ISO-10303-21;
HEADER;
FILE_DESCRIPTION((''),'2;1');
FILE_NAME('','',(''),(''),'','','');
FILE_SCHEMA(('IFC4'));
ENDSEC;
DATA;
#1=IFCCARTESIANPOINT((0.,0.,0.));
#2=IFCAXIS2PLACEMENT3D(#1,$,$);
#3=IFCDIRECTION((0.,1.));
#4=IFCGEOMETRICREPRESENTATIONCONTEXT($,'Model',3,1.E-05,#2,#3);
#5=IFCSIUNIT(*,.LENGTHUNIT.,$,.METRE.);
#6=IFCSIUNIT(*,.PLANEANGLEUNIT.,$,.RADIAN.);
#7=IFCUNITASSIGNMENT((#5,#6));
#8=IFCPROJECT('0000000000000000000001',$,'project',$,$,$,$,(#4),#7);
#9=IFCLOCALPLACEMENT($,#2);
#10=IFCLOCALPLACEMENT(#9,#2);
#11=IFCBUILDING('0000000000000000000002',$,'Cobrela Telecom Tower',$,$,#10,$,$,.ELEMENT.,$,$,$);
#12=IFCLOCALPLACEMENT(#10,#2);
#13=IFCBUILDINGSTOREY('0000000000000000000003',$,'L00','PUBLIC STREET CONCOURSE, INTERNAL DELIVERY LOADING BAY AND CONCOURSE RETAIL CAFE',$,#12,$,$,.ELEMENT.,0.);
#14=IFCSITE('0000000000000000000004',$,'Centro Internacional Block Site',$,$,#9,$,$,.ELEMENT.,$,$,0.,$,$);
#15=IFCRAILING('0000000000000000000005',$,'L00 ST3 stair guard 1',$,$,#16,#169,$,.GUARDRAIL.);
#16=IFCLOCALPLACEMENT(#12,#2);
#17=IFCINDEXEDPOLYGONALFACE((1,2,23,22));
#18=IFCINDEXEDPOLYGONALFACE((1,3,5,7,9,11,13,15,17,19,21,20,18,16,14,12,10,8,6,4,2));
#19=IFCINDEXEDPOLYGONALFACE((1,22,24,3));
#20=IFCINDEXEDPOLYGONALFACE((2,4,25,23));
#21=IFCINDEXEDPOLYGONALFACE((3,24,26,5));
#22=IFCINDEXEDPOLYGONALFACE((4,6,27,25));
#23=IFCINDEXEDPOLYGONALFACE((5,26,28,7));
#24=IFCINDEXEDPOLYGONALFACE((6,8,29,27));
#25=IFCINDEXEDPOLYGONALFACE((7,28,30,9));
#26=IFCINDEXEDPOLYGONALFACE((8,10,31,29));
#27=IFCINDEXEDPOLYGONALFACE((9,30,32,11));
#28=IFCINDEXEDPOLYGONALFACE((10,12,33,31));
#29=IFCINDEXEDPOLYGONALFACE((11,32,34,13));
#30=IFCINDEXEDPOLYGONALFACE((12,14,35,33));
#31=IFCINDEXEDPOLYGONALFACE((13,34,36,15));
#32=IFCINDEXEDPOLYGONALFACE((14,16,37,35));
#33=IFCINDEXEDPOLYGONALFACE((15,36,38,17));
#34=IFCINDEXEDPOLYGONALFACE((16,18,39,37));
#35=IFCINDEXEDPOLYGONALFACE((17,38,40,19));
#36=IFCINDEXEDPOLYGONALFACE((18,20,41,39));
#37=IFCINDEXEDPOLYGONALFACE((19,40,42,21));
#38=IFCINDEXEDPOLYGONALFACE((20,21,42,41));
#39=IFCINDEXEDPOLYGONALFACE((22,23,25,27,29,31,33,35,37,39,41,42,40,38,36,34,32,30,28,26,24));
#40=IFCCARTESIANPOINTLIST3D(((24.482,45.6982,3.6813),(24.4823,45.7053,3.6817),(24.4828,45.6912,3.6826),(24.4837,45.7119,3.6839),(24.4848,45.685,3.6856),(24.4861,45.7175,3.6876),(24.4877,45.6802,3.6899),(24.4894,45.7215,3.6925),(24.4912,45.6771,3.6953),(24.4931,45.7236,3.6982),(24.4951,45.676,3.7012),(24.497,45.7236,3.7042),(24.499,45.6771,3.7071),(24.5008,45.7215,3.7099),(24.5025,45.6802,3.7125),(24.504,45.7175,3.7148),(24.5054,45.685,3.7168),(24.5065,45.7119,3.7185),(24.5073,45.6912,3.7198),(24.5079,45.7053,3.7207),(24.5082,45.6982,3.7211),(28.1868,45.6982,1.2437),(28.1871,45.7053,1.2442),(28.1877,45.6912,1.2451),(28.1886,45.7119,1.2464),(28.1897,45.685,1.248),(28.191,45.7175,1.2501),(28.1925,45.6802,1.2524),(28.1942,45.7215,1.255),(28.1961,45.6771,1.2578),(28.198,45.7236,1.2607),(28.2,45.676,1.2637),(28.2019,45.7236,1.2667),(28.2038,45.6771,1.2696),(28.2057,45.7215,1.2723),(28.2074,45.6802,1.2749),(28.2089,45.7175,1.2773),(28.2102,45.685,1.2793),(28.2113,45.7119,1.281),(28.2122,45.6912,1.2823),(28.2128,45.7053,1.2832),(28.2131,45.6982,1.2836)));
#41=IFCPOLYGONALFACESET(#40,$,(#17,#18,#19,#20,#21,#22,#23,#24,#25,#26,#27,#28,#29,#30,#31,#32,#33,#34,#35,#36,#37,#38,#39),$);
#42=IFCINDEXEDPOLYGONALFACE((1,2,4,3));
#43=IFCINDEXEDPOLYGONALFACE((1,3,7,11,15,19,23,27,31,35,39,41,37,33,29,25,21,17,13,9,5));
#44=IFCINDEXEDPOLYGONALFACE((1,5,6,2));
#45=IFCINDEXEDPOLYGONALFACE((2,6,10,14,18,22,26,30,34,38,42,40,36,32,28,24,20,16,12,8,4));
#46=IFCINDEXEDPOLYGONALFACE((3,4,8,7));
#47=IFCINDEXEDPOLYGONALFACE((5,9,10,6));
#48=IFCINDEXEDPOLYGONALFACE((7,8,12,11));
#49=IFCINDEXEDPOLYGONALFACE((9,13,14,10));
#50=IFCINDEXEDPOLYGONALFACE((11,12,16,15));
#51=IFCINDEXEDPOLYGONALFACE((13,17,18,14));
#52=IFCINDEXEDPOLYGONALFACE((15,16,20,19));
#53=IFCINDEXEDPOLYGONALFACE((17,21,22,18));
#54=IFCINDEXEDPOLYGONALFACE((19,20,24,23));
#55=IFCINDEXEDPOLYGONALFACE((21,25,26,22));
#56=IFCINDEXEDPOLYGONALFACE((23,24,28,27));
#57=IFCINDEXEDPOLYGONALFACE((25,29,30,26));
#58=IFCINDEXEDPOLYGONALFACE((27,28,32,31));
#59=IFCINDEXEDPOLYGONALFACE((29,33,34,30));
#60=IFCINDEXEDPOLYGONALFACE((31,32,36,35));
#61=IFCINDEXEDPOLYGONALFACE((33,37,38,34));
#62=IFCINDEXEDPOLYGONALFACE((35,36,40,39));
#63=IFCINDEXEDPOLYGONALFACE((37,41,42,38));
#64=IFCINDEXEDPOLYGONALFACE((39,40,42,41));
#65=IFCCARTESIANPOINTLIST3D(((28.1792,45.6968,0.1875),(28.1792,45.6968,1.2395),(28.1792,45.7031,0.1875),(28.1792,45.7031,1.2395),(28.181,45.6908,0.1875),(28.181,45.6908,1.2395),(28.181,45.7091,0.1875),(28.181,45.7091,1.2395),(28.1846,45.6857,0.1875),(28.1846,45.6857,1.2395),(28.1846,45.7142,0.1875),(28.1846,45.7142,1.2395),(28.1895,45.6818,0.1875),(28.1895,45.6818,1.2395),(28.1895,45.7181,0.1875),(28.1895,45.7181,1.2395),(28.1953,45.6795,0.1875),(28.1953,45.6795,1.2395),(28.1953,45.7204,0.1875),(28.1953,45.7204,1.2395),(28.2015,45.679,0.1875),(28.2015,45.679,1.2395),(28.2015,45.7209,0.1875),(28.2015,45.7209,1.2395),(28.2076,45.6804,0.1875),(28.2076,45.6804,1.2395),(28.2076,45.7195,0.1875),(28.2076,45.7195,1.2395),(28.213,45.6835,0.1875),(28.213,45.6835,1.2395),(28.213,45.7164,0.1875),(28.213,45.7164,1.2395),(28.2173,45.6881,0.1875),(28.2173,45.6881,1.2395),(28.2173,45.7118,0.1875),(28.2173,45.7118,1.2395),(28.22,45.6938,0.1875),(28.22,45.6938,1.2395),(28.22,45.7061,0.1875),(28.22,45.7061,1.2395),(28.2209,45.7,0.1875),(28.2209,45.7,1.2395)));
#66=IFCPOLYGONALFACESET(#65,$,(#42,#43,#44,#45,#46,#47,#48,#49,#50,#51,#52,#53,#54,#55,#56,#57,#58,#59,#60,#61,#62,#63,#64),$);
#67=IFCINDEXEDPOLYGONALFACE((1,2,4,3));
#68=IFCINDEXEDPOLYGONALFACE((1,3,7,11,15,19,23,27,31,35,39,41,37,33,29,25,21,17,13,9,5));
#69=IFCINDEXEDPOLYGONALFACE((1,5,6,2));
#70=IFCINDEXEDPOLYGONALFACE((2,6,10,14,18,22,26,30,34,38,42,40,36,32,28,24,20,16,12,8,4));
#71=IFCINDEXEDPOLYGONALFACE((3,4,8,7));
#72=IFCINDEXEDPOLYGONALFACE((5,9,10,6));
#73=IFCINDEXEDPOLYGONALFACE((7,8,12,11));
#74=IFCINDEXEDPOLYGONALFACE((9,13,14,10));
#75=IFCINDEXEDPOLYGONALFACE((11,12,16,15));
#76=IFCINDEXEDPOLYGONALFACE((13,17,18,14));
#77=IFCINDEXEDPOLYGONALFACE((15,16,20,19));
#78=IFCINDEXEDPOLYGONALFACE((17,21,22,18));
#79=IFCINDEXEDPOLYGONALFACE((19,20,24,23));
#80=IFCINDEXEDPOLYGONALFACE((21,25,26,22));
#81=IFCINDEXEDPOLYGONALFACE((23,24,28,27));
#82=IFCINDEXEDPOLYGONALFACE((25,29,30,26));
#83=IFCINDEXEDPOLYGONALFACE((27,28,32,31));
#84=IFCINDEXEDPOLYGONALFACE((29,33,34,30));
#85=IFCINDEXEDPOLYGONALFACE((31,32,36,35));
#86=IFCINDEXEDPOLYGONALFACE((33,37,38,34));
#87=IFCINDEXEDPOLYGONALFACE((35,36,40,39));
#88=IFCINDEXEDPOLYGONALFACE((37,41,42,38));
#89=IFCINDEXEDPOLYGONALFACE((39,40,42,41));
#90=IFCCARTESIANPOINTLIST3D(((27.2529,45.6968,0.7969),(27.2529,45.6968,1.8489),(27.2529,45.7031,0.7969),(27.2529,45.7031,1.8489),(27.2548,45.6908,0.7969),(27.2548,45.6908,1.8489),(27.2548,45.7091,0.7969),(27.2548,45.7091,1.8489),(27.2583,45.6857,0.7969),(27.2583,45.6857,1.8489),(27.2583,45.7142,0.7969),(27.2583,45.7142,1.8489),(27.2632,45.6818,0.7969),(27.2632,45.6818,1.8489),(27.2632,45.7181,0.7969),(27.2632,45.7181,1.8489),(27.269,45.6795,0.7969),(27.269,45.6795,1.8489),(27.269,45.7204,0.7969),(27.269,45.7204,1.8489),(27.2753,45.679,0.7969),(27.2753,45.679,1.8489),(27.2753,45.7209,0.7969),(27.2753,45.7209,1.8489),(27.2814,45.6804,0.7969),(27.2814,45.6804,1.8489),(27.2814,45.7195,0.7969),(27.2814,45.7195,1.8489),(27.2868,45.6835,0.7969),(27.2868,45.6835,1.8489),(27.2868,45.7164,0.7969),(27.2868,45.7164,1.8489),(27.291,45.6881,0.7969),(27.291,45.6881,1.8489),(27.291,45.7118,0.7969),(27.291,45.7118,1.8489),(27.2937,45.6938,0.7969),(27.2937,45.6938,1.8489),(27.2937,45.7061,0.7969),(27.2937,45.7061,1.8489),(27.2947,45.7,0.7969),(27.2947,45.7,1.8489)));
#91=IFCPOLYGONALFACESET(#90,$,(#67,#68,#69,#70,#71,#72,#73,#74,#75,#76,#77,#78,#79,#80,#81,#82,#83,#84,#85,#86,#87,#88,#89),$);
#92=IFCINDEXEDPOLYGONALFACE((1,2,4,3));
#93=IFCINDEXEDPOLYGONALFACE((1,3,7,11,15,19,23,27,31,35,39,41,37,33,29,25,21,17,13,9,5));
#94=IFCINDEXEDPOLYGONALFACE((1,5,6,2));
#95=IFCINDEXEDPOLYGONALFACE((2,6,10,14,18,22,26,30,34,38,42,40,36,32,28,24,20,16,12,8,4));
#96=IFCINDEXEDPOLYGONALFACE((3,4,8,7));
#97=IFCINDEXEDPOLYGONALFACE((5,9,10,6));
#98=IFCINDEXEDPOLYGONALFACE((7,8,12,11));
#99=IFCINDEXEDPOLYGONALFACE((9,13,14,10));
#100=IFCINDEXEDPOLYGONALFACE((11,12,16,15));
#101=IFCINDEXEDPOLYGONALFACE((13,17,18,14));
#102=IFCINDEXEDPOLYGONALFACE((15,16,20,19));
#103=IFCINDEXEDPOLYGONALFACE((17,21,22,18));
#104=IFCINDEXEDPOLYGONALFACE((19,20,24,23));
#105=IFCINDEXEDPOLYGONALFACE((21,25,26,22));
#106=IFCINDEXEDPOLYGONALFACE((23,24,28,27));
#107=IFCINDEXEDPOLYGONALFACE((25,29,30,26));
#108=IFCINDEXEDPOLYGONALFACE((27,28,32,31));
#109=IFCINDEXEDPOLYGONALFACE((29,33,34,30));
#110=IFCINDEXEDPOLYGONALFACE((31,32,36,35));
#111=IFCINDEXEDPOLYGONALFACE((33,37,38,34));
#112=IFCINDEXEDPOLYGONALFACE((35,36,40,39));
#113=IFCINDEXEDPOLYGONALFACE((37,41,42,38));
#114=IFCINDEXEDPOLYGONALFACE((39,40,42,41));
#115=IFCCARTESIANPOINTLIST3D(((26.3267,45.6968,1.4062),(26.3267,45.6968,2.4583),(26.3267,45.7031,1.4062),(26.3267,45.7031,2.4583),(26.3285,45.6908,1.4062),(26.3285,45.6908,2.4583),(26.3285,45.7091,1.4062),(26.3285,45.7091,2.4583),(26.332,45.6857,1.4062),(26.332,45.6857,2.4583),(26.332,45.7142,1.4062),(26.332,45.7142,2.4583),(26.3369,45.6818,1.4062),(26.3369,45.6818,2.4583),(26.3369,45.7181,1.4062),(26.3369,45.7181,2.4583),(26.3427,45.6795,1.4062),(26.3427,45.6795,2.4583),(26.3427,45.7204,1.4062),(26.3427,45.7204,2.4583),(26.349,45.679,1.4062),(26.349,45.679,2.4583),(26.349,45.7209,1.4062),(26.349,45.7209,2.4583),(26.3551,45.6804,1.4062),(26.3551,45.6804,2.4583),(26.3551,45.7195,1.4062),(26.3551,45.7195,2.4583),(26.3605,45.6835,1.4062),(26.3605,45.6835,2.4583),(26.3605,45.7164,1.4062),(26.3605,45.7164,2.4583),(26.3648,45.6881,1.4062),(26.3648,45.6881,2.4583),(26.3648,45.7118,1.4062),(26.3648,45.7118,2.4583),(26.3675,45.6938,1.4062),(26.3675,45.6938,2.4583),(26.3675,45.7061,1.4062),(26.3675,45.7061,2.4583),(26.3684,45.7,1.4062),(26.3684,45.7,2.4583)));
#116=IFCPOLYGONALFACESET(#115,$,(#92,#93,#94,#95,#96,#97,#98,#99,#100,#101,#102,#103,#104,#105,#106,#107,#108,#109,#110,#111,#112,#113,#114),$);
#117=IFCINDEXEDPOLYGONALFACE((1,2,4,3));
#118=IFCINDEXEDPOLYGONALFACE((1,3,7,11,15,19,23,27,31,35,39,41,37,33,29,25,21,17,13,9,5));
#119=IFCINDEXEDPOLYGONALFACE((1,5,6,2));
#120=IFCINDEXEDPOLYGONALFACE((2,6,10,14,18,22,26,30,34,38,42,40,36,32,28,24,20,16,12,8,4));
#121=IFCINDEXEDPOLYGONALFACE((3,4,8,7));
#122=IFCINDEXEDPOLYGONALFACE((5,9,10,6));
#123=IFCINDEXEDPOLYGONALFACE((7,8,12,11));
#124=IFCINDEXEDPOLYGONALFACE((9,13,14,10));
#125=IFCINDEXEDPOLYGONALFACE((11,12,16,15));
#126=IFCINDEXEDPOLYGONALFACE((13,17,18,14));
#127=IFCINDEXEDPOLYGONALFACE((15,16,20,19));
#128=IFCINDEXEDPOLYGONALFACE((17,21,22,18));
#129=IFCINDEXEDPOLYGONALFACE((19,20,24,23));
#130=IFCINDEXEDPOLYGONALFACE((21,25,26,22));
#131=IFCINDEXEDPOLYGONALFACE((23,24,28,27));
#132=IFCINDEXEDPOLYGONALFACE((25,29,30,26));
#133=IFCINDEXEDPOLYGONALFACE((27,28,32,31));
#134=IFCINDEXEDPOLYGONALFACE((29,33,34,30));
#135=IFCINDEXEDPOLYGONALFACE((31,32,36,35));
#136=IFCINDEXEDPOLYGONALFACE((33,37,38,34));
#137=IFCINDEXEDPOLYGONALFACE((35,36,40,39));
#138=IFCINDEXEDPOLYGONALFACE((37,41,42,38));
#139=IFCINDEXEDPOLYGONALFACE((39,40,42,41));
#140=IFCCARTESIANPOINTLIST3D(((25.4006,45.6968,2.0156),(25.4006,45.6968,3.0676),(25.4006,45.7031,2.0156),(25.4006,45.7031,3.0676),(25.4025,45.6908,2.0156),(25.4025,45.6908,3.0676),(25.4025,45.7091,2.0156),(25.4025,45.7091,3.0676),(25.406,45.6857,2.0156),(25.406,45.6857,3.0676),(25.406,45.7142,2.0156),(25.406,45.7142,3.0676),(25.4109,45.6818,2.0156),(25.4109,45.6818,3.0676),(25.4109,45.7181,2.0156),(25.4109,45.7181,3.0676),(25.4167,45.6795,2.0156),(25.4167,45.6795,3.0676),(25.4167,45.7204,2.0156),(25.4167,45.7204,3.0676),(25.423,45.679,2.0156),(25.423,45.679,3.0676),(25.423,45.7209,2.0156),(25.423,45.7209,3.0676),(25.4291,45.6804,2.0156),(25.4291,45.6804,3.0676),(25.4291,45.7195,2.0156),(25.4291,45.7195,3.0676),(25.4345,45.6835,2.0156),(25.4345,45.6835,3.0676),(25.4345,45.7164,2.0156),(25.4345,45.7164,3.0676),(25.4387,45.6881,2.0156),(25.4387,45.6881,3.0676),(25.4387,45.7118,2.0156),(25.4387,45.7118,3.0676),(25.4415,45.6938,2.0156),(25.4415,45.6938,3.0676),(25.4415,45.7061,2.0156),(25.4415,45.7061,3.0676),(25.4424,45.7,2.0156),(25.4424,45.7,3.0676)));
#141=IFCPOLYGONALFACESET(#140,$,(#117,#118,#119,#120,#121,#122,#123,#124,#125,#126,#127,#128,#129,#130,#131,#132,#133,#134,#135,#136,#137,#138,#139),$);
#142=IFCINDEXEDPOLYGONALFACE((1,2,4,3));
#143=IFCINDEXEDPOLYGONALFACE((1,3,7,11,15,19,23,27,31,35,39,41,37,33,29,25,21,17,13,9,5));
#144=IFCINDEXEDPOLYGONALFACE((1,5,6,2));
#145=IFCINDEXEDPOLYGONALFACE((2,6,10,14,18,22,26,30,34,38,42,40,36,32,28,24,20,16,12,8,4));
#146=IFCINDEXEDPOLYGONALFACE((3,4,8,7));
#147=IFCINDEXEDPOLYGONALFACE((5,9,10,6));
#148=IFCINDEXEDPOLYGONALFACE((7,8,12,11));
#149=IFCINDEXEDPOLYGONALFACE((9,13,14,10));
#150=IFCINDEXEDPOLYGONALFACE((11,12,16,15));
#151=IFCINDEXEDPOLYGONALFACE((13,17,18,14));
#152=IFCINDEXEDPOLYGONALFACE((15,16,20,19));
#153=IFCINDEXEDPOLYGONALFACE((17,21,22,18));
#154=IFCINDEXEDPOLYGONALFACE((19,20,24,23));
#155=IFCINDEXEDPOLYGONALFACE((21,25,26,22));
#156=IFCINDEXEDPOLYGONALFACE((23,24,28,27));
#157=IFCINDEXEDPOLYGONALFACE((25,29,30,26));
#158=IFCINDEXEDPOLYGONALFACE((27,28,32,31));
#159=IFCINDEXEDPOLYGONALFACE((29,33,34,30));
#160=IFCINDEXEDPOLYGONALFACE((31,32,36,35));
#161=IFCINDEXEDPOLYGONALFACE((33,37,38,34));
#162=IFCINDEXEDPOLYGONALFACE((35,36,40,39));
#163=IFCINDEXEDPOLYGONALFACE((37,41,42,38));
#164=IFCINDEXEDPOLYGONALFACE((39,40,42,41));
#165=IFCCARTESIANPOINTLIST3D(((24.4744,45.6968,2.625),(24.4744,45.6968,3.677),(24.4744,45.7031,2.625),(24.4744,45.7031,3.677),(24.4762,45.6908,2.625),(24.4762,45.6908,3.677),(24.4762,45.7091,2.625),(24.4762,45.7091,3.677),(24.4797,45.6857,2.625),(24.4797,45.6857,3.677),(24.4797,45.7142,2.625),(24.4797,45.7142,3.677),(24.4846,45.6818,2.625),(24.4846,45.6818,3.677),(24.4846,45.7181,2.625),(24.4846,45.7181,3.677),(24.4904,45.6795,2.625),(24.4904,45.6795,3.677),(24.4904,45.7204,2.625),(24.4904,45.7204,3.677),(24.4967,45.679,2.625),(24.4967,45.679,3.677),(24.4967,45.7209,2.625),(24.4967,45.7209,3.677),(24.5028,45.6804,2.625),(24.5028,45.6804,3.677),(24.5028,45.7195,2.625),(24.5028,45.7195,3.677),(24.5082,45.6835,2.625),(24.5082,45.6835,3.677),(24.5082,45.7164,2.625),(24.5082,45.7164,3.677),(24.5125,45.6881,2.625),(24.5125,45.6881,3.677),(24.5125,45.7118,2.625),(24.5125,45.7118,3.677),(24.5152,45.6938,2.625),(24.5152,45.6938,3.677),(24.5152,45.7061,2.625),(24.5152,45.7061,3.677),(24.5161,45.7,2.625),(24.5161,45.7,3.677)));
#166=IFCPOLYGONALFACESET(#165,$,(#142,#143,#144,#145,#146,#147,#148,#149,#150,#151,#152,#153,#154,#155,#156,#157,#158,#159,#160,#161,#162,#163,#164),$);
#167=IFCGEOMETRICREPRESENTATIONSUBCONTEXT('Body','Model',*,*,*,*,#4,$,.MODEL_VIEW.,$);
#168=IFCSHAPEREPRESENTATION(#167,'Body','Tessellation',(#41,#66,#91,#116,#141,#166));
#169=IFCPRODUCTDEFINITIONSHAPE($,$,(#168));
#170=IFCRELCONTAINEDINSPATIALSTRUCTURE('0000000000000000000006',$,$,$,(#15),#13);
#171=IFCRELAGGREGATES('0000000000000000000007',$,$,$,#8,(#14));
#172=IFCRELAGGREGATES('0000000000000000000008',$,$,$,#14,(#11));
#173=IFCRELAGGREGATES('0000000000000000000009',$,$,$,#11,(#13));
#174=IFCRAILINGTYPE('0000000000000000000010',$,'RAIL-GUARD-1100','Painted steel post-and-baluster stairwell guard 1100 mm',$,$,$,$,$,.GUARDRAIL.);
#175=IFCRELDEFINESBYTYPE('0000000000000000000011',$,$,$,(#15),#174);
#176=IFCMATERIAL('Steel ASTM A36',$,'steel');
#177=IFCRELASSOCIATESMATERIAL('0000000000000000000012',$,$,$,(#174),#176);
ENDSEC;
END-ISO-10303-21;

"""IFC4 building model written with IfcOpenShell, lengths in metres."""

from ifc_helpers import new_model, si_unit, direction, frame, origin, origin_2d, place, context, subcontext, project, spatial, circle, extrude, material, type_object, element, save


model = new_model("IFC4")

# Units and contexts
model_context = context("Model", 3, precision=1e-05, world=origin(), true_north=direction((0.0, 1.0)))
body_context = subcontext(model_context, "Body", "Model", "MODEL_VIEW")
ifc_project = project(units=[si_unit("LENGTHUNIT", "METRE"), si_unit("PLANEANGLEUNIT", "RADIAN")], contexts=[model_context])

# Site, building, storey
site_placement = place(None, origin())
site = spatial("IfcSite", under=ifc_project, at=site_placement, Name="Centro Internacional Block Site", CompositionType="ELEMENT", RefElevation=0.0)
building_placement = place(site_placement, origin())
building = spatial("IfcBuilding", under=site, at=building_placement, Name="Cobrela Telecom Tower", CompositionType="ELEMENT")
storey_placement = place(building_placement, origin())
storey = spatial("IfcBuildingStorey", under=building, at=storey_placement, Name="L00", Description="PUBLIC STREET CONCOURSE, INTERNAL DELIVERY LOADING BAY AND CONCOURSE RETAIL CAFE", CompositionType="ELEMENT", Elevation=0.0)

# Railing
ifc_material_1 = material(Name="Steel ASTM A36", Category="steel")
railing_type_1 = type_object("IfcRailingType", Name="RAIL-GUARD-1100", Description="Painted steel post-and-baluster stairwell guard 1100 mm", PredefinedType="GUARDRAIL", material=ifc_material_1)
railing_1_placement = place(storey_placement, frame((28.2, 45.7, 0.1875)))
element("IfcRailing", 1, at=railing_1_placement, inside=storey, type_object=railing_type_1, Name="L00 ST3 stair guard 1", PredefinedType="GUARDRAIL", context=body_context, shape_type="SweptSolid", body=[
    extrude(circle(Radius=0.0239, at=origin_2d()), frame((0.0, 0.0, 1.0762), z_axis=(-0.835406, 0.0, 0.549634), x_axis=(0.0, -1.0, 0.0)), (0.0, 0.0, 1.0), 4.4348),
    extrude(circle(Radius=0.021, at=origin_2d()), origin(), (0.0, 0.0, 1.0), 1.052),
    extrude(circle(Radius=0.021, at=origin_2d()), frame((-0.9263, 0.0, 0.6094)), (0.0, 0.0, 1.0), 1.052),
    extrude(circle(Radius=0.021, at=origin_2d()), frame((-1.8525, 0.0, 1.2188)), (0.0, 0.0, 1.0), 1.052),
    extrude(circle(Radius=0.021, at=origin_2d()), frame((-2.7786, 0.0, 1.8281)), (0.0, 0.0, 1.0), 1.052),
    extrude(circle(Radius=0.021, at=origin_2d()), frame((-3.7048, 0.0, 2.4375)), (0.0, 0.0, 1.0), 1.052),
])

save(model, "model.ifc")
